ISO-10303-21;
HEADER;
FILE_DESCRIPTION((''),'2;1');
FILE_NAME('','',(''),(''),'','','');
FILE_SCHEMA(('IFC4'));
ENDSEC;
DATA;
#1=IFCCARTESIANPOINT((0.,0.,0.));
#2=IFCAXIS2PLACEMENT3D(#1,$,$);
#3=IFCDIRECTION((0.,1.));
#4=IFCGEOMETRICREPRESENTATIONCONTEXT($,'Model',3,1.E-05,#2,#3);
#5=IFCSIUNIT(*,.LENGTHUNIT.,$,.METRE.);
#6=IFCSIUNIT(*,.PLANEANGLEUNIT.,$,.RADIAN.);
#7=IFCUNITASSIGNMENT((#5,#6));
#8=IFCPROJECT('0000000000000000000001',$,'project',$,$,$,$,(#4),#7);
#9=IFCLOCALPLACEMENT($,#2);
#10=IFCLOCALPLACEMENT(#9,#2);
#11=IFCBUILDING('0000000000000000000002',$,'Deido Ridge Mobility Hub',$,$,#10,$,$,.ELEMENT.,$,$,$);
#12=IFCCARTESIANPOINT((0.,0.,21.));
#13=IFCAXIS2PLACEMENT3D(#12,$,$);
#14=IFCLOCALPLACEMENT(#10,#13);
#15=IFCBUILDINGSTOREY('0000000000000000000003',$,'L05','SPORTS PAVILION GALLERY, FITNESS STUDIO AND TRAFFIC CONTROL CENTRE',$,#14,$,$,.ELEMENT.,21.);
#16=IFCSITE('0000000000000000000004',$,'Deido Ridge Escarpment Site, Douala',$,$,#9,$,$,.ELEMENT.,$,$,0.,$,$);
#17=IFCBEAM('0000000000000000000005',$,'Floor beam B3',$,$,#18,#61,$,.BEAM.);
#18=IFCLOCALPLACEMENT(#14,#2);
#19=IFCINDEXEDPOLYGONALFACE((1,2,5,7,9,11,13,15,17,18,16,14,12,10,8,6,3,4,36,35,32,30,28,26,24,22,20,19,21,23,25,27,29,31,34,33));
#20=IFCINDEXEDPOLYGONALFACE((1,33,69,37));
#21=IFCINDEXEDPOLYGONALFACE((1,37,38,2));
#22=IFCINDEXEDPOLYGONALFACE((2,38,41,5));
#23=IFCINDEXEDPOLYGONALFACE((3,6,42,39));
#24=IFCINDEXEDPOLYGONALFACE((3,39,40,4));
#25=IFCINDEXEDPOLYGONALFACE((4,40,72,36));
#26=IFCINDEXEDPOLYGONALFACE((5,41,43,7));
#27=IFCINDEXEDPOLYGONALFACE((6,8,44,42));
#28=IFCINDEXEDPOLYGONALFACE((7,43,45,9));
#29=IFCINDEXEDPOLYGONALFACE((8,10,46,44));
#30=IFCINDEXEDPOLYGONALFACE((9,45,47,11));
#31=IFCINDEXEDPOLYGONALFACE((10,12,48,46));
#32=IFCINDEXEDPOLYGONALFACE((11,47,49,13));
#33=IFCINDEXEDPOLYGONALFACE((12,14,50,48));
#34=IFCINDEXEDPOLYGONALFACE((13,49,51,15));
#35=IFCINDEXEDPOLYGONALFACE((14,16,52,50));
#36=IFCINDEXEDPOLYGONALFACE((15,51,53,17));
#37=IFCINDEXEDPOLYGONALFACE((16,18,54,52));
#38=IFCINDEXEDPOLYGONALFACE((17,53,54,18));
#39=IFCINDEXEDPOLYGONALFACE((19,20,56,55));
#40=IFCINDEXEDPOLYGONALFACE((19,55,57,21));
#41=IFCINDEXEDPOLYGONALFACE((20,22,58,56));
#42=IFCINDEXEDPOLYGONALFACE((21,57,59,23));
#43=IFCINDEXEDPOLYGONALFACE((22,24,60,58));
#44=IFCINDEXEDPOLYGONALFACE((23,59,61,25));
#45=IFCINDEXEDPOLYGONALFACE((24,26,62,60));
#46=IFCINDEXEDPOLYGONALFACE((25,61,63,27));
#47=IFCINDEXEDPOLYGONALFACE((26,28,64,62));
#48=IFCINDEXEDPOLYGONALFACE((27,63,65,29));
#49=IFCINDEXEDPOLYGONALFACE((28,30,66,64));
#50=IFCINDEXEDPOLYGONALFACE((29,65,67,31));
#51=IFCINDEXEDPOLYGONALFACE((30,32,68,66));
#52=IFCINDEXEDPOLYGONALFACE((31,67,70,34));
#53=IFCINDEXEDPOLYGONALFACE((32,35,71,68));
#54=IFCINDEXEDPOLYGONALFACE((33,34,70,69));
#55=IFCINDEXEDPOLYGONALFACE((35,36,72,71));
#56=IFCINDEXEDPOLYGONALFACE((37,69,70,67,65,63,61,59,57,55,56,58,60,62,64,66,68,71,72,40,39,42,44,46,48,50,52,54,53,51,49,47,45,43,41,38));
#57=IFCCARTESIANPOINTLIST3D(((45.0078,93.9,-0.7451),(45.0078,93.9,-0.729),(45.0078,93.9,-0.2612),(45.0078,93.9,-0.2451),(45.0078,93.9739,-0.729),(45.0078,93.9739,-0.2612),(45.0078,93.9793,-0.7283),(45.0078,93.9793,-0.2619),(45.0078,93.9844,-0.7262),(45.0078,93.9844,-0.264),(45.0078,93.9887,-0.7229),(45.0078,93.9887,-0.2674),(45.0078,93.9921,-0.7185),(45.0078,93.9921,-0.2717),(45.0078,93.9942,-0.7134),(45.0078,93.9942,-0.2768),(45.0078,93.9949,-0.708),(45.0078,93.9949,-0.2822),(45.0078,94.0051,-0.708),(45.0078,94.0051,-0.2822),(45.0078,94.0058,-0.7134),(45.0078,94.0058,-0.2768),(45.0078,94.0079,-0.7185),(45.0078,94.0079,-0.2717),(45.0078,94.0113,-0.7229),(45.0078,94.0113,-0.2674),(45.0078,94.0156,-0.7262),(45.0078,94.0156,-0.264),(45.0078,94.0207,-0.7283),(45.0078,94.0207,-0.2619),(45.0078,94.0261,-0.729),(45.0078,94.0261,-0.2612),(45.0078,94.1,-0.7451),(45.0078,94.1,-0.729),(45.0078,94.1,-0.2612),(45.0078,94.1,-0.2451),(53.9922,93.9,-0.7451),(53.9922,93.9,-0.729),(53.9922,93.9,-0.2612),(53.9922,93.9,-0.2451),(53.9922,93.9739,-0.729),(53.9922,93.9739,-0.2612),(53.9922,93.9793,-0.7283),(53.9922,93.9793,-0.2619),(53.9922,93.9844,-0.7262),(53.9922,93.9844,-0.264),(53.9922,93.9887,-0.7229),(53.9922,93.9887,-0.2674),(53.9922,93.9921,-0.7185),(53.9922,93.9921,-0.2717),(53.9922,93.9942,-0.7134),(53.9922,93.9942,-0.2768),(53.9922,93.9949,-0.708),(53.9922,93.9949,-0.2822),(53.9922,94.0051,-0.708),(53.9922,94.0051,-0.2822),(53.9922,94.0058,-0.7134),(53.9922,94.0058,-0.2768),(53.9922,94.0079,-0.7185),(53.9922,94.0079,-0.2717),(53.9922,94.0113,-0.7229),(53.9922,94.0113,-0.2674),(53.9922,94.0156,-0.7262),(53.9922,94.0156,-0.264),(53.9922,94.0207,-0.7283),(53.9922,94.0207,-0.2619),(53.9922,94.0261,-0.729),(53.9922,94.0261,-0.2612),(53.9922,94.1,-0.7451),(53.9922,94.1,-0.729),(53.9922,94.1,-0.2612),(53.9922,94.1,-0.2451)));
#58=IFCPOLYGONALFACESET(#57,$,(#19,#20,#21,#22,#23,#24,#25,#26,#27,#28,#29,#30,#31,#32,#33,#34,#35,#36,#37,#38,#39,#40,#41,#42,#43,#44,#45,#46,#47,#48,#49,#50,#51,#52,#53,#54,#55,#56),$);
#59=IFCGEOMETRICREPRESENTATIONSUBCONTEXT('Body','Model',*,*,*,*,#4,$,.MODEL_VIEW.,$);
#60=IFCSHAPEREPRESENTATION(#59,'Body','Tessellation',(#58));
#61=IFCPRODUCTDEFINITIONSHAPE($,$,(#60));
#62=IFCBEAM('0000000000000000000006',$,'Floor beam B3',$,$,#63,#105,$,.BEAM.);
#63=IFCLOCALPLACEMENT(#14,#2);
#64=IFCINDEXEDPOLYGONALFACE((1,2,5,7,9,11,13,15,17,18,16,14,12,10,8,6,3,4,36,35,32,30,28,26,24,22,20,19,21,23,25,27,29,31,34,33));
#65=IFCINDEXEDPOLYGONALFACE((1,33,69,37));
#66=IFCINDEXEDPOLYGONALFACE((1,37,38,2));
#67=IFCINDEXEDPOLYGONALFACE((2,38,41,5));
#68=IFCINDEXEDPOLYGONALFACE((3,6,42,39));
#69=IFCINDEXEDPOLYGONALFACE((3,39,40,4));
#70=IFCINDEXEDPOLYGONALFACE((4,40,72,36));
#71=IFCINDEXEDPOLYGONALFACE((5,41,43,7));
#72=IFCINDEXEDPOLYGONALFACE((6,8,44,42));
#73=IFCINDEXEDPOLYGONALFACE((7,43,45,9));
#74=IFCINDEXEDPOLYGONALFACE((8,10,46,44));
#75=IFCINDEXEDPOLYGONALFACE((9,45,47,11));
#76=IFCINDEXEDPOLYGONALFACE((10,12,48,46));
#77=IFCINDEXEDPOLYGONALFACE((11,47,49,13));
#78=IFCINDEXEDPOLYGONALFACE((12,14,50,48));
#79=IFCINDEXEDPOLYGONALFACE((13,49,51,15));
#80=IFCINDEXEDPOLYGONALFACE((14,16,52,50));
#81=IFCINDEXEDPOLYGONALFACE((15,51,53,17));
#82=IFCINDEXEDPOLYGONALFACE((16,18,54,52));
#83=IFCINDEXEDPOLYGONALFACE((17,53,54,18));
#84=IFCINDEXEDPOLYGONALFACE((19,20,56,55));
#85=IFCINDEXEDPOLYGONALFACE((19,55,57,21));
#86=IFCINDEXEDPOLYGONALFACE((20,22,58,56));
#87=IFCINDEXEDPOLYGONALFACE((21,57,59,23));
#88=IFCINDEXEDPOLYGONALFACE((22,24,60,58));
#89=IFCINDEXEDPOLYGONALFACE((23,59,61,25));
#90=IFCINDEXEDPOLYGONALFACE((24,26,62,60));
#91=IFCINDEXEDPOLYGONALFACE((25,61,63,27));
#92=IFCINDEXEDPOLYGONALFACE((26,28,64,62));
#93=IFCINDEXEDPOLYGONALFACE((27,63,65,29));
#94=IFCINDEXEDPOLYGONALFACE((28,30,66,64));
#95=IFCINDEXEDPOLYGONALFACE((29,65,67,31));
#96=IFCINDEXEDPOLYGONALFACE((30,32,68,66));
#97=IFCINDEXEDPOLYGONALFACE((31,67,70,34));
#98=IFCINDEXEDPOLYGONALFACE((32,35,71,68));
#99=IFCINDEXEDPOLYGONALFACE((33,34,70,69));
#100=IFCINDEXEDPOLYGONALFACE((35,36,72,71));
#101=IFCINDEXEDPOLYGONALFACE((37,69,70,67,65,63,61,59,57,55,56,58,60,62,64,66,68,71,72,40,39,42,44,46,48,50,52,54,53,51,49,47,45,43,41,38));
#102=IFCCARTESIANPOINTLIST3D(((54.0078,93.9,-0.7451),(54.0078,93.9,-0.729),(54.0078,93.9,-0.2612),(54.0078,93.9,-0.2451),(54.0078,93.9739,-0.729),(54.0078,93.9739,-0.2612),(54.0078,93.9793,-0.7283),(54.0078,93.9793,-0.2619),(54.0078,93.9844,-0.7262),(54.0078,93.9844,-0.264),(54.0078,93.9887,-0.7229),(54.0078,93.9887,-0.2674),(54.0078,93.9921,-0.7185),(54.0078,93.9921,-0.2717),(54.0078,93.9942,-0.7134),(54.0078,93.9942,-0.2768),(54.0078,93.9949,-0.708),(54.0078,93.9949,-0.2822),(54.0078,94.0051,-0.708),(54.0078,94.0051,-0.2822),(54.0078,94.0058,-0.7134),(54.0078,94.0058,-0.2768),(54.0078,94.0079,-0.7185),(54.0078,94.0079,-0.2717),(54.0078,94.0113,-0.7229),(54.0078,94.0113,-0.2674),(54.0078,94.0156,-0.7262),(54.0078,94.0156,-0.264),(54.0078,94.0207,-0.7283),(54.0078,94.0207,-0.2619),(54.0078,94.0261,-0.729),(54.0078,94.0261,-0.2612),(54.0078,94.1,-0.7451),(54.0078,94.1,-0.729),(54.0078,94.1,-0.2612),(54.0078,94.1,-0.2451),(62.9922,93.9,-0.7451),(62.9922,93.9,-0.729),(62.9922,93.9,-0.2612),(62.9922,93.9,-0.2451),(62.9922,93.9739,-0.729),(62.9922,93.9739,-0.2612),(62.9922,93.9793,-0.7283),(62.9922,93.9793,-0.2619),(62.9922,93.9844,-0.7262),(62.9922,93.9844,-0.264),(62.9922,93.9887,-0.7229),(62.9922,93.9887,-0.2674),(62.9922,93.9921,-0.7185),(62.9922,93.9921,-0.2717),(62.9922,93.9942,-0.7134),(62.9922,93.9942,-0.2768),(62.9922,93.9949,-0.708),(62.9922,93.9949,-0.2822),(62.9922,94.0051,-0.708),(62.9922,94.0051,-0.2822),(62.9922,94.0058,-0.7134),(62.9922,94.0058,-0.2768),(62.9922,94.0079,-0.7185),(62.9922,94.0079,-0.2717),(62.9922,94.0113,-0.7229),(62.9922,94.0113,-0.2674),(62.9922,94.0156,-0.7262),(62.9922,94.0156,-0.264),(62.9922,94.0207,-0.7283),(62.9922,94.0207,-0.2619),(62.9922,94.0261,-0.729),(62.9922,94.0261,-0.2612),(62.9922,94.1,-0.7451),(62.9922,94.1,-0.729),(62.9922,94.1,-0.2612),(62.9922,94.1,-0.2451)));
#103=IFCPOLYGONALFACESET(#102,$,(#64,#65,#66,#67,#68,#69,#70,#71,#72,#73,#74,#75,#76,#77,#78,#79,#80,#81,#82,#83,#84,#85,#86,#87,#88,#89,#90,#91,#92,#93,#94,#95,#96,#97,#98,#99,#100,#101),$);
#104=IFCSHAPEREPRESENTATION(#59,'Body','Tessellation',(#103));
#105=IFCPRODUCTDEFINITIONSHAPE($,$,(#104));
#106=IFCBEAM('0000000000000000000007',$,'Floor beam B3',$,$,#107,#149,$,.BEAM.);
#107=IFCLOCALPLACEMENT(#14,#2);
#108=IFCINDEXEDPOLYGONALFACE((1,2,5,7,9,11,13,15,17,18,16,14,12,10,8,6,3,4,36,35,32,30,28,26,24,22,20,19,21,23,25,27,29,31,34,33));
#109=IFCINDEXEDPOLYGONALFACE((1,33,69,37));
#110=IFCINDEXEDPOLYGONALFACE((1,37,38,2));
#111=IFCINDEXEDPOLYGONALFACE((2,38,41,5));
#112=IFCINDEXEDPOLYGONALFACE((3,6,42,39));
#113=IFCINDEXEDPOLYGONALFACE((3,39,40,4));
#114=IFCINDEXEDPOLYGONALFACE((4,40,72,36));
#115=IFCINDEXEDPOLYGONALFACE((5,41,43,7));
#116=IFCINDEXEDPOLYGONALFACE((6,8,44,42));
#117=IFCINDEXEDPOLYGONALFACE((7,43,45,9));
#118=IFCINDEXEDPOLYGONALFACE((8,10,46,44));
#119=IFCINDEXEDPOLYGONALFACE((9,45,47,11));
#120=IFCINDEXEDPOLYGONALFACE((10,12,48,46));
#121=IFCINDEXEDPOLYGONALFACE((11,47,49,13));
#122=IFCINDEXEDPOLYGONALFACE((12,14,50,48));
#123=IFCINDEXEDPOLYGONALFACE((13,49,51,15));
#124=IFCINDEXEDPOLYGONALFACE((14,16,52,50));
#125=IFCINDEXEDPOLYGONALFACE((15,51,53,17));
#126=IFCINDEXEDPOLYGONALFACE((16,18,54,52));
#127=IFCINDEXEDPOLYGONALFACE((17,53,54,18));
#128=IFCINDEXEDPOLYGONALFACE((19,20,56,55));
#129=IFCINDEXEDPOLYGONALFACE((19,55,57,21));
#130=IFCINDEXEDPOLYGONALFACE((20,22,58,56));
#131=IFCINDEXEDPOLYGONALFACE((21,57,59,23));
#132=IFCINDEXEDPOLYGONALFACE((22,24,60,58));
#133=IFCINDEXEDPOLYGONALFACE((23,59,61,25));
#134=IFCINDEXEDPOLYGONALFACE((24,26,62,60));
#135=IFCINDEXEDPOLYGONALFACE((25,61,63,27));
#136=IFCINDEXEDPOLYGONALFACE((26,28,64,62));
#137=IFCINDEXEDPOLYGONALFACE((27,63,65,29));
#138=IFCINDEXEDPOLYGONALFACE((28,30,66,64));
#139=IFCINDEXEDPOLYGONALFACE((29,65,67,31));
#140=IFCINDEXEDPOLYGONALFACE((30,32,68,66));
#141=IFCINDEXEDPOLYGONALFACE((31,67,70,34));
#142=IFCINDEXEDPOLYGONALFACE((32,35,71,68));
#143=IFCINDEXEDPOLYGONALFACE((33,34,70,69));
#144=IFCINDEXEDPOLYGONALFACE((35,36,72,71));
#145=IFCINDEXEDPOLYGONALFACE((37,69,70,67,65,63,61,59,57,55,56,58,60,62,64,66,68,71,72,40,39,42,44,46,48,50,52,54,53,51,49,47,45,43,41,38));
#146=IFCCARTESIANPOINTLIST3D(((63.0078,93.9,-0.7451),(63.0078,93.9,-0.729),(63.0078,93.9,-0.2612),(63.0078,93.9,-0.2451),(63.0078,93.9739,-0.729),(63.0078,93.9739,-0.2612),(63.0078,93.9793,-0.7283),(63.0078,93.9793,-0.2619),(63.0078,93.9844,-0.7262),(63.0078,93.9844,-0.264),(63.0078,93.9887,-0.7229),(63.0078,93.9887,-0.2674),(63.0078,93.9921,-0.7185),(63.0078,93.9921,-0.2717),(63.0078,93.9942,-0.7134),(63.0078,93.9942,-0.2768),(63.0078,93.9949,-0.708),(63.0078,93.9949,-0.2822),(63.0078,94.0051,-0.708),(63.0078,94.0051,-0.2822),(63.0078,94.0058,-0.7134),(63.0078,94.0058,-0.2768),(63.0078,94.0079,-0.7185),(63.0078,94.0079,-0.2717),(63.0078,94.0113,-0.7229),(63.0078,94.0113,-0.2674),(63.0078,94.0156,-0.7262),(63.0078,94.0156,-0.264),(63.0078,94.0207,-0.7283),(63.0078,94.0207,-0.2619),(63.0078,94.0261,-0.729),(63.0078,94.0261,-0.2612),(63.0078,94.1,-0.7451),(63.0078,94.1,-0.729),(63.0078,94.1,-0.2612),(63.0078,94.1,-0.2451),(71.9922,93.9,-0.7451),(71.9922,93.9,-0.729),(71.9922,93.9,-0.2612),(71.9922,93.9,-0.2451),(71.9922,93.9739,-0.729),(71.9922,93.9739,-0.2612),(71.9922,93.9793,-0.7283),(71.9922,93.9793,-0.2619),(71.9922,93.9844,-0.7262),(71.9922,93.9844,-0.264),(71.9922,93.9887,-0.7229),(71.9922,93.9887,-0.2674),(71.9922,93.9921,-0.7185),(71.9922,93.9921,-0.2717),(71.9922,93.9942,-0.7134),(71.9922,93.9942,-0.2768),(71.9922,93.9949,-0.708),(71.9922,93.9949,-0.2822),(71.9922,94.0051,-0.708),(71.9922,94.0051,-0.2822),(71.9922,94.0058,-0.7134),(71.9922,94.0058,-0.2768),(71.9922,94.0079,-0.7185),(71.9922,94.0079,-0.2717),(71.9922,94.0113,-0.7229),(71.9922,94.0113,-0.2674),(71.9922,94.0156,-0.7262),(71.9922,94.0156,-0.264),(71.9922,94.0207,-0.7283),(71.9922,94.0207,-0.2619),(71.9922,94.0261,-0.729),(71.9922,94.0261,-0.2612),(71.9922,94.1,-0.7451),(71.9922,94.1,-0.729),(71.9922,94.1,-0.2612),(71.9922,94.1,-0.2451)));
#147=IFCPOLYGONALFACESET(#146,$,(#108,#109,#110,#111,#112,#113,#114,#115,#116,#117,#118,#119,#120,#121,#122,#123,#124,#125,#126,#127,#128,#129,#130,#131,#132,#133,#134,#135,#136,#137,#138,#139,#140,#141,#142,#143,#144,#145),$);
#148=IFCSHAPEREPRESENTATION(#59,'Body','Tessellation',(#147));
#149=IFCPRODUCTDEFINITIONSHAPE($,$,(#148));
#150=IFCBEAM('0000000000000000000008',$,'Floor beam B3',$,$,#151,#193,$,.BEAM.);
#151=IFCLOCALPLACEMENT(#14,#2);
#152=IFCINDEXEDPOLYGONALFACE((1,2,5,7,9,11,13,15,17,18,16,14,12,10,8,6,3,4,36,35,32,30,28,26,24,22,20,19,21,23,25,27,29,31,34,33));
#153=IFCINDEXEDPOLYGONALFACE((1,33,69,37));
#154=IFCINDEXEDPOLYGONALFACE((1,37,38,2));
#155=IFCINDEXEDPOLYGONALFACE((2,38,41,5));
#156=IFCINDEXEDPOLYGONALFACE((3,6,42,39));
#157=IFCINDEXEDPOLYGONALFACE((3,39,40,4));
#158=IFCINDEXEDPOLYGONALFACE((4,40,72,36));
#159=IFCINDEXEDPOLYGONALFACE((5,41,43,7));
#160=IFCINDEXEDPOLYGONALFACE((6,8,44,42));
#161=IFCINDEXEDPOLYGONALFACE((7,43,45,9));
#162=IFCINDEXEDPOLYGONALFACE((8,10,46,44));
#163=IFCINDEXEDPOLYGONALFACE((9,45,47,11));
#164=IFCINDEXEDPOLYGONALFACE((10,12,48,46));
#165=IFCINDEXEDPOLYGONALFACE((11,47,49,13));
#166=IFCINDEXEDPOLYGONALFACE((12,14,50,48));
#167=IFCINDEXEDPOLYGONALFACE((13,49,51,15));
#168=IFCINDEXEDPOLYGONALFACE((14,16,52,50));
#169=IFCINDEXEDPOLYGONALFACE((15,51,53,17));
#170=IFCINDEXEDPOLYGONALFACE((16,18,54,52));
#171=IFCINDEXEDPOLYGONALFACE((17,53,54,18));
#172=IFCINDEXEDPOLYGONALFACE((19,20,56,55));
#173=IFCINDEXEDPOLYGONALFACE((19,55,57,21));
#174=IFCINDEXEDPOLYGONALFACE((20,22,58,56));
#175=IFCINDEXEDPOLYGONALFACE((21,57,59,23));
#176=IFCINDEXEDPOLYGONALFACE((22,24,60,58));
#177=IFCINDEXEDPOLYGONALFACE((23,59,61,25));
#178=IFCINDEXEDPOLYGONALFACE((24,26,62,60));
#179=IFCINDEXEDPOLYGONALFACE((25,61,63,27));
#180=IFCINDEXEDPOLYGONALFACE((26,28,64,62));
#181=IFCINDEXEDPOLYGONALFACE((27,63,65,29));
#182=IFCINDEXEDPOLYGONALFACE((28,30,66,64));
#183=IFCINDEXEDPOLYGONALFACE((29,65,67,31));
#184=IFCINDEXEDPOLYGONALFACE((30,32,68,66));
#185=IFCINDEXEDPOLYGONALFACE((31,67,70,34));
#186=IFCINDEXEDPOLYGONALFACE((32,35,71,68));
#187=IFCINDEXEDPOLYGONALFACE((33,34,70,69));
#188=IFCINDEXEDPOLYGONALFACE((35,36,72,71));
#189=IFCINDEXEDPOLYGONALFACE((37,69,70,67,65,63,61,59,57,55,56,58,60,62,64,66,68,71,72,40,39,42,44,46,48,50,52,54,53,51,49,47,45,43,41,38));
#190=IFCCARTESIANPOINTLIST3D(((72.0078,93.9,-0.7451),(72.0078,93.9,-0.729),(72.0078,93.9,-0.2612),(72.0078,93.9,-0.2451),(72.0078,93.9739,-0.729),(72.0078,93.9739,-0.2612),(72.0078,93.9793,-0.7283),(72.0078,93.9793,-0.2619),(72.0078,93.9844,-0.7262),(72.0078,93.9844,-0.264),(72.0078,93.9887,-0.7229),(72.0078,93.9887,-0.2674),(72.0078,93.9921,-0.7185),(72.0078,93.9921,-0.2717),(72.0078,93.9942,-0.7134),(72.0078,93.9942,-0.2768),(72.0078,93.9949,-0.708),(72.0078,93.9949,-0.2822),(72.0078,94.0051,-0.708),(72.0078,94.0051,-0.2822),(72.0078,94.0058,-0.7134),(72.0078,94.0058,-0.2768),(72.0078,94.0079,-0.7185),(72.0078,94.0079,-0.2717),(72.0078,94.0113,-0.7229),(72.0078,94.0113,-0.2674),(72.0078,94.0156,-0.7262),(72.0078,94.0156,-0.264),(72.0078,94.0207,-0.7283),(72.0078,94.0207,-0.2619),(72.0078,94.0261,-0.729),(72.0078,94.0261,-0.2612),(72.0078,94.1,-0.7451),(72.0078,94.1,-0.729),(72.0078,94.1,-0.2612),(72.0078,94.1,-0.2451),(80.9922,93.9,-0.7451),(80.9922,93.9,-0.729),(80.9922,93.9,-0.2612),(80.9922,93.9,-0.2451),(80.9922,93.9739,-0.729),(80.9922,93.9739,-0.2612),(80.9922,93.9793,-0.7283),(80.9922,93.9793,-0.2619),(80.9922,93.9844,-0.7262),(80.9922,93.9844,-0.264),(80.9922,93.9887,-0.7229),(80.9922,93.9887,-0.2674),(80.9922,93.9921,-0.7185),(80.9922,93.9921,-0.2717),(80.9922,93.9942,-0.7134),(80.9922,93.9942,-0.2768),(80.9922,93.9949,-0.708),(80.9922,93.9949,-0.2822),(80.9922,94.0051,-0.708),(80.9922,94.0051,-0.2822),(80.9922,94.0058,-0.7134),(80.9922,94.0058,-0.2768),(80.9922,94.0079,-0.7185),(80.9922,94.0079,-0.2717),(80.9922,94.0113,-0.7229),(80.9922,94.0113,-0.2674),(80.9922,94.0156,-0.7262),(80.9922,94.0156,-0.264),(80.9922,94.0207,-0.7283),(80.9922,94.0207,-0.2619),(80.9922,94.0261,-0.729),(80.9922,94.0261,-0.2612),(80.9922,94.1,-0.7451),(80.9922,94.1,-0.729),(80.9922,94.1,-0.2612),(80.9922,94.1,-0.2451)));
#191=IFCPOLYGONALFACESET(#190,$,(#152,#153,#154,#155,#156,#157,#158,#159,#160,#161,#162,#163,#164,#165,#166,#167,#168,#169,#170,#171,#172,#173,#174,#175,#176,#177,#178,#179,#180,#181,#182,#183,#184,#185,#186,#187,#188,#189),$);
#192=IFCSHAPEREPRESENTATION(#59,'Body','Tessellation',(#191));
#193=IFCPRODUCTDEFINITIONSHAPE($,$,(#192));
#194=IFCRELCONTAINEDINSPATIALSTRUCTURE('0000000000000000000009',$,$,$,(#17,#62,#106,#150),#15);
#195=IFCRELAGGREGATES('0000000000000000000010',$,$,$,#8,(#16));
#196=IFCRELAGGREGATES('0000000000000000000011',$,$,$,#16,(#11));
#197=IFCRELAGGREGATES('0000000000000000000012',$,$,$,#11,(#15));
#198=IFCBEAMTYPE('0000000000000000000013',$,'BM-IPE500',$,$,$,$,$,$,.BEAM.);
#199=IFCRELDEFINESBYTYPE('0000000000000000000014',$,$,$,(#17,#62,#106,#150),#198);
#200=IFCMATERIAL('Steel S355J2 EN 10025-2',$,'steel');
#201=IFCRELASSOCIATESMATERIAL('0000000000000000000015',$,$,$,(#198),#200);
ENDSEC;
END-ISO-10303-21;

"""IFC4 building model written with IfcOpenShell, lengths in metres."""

from ifc_helpers import new_model, si_unit, direction, frame, origin, origin_2d, place, context, subcontext, project, spatial, i_section, extrude, material, material_profile, profile_set, type_object, element, save


model = new_model("IFC4")

# Units and contexts
model_context = context("Model", 3, precision=1e-05, world=origin(), true_north=direction((0.0, 1.0)))
body_context = subcontext(model_context, "Body", "Model", "MODEL_VIEW")
ifc_project = project(units=[si_unit("LENGTHUNIT", "METRE"), si_unit("PLANEANGLEUNIT", "RADIAN")], contexts=[model_context])

# Site, building, storey
site_placement = place(None, origin())
site = spatial("IfcSite", under=ifc_project, at=site_placement, Name="Deido Ridge Escarpment Site, Douala", CompositionType="ELEMENT", RefElevation=0.0)
building_placement = place(site_placement, origin())
building = spatial("IfcBuilding", under=site, at=building_placement, Name="Deido Ridge Mobility Hub", CompositionType="ELEMENT")
storey_placement = place(building_placement, frame((0.0, 0.0, 21.0)))
storey = spatial("IfcBuildingStorey", under=building, at=storey_placement, Name="L05", Description="SPORTS PAVILION GALLERY, FITNESS STUDIO AND TRAFFIC CONTROL CENTRE", CompositionType="ELEMENT", Elevation=21.0)

# Beams
ifc_material = material(Name="Steel S355J2 EN 10025-2", Category="steel")
ifc_material_profile_1 = material_profile(ifc_material, i_section(OverallWidth=0.2, OverallDepth=0.5, WebThickness=0.0103, FlangeThickness=0.0161, FilletRadius=0.021, at=origin_2d()), Name="IPE 500")
ifc_profile_set_1 = profile_set([ifc_material_profile_1], Name="Steel S355J2 EN 10025-2")
beam_type_1 = type_object("IfcBeamType", Name="BM-IPE500", PredefinedType="BEAM", material=ifc_profile_set_1)
for number, where, z_axis, x_axis, name in (
    (1, (45.0078, 94.0, -0.4951), (1.0, 0.0, 0.0), (0.0, 1.0, 0.0), "Floor beam B3"),
    (2, (54.0078, 94.0, -0.4951), (1.0, 0.0, 0.0), (0.0, 1.0, 0.0), "Floor beam B3"),
    (3, (63.0078, 94.0, -0.4951), (1.0, 0.0, 0.0), (0.0, 1.0, 0.0), "Floor beam B3"),
    (4, (72.0078, 94.0, -0.4951), (1.0, 0.0, 0.0), (0.0, 1.0, 0.0), "Floor beam B3"),
):
    element("IfcBeam", number, at=place(storey_placement, frame(where, z_axis=z_axis, x_axis=x_axis)), inside=storey, type_object=beam_type_1, Name=name, PredefinedType="BEAM", context=body_context, shape_type="SweptSolid", body=[
        extrude(i_section(OverallWidth=0.2, OverallDepth=0.5, WebThickness=0.0103, FlangeThickness=0.0161, FilletRadius=0.021, at=origin_2d()), origin(), (0.0, 0.0, 1.0), 8.9844),
    ])

save(model, "model.ifc")
